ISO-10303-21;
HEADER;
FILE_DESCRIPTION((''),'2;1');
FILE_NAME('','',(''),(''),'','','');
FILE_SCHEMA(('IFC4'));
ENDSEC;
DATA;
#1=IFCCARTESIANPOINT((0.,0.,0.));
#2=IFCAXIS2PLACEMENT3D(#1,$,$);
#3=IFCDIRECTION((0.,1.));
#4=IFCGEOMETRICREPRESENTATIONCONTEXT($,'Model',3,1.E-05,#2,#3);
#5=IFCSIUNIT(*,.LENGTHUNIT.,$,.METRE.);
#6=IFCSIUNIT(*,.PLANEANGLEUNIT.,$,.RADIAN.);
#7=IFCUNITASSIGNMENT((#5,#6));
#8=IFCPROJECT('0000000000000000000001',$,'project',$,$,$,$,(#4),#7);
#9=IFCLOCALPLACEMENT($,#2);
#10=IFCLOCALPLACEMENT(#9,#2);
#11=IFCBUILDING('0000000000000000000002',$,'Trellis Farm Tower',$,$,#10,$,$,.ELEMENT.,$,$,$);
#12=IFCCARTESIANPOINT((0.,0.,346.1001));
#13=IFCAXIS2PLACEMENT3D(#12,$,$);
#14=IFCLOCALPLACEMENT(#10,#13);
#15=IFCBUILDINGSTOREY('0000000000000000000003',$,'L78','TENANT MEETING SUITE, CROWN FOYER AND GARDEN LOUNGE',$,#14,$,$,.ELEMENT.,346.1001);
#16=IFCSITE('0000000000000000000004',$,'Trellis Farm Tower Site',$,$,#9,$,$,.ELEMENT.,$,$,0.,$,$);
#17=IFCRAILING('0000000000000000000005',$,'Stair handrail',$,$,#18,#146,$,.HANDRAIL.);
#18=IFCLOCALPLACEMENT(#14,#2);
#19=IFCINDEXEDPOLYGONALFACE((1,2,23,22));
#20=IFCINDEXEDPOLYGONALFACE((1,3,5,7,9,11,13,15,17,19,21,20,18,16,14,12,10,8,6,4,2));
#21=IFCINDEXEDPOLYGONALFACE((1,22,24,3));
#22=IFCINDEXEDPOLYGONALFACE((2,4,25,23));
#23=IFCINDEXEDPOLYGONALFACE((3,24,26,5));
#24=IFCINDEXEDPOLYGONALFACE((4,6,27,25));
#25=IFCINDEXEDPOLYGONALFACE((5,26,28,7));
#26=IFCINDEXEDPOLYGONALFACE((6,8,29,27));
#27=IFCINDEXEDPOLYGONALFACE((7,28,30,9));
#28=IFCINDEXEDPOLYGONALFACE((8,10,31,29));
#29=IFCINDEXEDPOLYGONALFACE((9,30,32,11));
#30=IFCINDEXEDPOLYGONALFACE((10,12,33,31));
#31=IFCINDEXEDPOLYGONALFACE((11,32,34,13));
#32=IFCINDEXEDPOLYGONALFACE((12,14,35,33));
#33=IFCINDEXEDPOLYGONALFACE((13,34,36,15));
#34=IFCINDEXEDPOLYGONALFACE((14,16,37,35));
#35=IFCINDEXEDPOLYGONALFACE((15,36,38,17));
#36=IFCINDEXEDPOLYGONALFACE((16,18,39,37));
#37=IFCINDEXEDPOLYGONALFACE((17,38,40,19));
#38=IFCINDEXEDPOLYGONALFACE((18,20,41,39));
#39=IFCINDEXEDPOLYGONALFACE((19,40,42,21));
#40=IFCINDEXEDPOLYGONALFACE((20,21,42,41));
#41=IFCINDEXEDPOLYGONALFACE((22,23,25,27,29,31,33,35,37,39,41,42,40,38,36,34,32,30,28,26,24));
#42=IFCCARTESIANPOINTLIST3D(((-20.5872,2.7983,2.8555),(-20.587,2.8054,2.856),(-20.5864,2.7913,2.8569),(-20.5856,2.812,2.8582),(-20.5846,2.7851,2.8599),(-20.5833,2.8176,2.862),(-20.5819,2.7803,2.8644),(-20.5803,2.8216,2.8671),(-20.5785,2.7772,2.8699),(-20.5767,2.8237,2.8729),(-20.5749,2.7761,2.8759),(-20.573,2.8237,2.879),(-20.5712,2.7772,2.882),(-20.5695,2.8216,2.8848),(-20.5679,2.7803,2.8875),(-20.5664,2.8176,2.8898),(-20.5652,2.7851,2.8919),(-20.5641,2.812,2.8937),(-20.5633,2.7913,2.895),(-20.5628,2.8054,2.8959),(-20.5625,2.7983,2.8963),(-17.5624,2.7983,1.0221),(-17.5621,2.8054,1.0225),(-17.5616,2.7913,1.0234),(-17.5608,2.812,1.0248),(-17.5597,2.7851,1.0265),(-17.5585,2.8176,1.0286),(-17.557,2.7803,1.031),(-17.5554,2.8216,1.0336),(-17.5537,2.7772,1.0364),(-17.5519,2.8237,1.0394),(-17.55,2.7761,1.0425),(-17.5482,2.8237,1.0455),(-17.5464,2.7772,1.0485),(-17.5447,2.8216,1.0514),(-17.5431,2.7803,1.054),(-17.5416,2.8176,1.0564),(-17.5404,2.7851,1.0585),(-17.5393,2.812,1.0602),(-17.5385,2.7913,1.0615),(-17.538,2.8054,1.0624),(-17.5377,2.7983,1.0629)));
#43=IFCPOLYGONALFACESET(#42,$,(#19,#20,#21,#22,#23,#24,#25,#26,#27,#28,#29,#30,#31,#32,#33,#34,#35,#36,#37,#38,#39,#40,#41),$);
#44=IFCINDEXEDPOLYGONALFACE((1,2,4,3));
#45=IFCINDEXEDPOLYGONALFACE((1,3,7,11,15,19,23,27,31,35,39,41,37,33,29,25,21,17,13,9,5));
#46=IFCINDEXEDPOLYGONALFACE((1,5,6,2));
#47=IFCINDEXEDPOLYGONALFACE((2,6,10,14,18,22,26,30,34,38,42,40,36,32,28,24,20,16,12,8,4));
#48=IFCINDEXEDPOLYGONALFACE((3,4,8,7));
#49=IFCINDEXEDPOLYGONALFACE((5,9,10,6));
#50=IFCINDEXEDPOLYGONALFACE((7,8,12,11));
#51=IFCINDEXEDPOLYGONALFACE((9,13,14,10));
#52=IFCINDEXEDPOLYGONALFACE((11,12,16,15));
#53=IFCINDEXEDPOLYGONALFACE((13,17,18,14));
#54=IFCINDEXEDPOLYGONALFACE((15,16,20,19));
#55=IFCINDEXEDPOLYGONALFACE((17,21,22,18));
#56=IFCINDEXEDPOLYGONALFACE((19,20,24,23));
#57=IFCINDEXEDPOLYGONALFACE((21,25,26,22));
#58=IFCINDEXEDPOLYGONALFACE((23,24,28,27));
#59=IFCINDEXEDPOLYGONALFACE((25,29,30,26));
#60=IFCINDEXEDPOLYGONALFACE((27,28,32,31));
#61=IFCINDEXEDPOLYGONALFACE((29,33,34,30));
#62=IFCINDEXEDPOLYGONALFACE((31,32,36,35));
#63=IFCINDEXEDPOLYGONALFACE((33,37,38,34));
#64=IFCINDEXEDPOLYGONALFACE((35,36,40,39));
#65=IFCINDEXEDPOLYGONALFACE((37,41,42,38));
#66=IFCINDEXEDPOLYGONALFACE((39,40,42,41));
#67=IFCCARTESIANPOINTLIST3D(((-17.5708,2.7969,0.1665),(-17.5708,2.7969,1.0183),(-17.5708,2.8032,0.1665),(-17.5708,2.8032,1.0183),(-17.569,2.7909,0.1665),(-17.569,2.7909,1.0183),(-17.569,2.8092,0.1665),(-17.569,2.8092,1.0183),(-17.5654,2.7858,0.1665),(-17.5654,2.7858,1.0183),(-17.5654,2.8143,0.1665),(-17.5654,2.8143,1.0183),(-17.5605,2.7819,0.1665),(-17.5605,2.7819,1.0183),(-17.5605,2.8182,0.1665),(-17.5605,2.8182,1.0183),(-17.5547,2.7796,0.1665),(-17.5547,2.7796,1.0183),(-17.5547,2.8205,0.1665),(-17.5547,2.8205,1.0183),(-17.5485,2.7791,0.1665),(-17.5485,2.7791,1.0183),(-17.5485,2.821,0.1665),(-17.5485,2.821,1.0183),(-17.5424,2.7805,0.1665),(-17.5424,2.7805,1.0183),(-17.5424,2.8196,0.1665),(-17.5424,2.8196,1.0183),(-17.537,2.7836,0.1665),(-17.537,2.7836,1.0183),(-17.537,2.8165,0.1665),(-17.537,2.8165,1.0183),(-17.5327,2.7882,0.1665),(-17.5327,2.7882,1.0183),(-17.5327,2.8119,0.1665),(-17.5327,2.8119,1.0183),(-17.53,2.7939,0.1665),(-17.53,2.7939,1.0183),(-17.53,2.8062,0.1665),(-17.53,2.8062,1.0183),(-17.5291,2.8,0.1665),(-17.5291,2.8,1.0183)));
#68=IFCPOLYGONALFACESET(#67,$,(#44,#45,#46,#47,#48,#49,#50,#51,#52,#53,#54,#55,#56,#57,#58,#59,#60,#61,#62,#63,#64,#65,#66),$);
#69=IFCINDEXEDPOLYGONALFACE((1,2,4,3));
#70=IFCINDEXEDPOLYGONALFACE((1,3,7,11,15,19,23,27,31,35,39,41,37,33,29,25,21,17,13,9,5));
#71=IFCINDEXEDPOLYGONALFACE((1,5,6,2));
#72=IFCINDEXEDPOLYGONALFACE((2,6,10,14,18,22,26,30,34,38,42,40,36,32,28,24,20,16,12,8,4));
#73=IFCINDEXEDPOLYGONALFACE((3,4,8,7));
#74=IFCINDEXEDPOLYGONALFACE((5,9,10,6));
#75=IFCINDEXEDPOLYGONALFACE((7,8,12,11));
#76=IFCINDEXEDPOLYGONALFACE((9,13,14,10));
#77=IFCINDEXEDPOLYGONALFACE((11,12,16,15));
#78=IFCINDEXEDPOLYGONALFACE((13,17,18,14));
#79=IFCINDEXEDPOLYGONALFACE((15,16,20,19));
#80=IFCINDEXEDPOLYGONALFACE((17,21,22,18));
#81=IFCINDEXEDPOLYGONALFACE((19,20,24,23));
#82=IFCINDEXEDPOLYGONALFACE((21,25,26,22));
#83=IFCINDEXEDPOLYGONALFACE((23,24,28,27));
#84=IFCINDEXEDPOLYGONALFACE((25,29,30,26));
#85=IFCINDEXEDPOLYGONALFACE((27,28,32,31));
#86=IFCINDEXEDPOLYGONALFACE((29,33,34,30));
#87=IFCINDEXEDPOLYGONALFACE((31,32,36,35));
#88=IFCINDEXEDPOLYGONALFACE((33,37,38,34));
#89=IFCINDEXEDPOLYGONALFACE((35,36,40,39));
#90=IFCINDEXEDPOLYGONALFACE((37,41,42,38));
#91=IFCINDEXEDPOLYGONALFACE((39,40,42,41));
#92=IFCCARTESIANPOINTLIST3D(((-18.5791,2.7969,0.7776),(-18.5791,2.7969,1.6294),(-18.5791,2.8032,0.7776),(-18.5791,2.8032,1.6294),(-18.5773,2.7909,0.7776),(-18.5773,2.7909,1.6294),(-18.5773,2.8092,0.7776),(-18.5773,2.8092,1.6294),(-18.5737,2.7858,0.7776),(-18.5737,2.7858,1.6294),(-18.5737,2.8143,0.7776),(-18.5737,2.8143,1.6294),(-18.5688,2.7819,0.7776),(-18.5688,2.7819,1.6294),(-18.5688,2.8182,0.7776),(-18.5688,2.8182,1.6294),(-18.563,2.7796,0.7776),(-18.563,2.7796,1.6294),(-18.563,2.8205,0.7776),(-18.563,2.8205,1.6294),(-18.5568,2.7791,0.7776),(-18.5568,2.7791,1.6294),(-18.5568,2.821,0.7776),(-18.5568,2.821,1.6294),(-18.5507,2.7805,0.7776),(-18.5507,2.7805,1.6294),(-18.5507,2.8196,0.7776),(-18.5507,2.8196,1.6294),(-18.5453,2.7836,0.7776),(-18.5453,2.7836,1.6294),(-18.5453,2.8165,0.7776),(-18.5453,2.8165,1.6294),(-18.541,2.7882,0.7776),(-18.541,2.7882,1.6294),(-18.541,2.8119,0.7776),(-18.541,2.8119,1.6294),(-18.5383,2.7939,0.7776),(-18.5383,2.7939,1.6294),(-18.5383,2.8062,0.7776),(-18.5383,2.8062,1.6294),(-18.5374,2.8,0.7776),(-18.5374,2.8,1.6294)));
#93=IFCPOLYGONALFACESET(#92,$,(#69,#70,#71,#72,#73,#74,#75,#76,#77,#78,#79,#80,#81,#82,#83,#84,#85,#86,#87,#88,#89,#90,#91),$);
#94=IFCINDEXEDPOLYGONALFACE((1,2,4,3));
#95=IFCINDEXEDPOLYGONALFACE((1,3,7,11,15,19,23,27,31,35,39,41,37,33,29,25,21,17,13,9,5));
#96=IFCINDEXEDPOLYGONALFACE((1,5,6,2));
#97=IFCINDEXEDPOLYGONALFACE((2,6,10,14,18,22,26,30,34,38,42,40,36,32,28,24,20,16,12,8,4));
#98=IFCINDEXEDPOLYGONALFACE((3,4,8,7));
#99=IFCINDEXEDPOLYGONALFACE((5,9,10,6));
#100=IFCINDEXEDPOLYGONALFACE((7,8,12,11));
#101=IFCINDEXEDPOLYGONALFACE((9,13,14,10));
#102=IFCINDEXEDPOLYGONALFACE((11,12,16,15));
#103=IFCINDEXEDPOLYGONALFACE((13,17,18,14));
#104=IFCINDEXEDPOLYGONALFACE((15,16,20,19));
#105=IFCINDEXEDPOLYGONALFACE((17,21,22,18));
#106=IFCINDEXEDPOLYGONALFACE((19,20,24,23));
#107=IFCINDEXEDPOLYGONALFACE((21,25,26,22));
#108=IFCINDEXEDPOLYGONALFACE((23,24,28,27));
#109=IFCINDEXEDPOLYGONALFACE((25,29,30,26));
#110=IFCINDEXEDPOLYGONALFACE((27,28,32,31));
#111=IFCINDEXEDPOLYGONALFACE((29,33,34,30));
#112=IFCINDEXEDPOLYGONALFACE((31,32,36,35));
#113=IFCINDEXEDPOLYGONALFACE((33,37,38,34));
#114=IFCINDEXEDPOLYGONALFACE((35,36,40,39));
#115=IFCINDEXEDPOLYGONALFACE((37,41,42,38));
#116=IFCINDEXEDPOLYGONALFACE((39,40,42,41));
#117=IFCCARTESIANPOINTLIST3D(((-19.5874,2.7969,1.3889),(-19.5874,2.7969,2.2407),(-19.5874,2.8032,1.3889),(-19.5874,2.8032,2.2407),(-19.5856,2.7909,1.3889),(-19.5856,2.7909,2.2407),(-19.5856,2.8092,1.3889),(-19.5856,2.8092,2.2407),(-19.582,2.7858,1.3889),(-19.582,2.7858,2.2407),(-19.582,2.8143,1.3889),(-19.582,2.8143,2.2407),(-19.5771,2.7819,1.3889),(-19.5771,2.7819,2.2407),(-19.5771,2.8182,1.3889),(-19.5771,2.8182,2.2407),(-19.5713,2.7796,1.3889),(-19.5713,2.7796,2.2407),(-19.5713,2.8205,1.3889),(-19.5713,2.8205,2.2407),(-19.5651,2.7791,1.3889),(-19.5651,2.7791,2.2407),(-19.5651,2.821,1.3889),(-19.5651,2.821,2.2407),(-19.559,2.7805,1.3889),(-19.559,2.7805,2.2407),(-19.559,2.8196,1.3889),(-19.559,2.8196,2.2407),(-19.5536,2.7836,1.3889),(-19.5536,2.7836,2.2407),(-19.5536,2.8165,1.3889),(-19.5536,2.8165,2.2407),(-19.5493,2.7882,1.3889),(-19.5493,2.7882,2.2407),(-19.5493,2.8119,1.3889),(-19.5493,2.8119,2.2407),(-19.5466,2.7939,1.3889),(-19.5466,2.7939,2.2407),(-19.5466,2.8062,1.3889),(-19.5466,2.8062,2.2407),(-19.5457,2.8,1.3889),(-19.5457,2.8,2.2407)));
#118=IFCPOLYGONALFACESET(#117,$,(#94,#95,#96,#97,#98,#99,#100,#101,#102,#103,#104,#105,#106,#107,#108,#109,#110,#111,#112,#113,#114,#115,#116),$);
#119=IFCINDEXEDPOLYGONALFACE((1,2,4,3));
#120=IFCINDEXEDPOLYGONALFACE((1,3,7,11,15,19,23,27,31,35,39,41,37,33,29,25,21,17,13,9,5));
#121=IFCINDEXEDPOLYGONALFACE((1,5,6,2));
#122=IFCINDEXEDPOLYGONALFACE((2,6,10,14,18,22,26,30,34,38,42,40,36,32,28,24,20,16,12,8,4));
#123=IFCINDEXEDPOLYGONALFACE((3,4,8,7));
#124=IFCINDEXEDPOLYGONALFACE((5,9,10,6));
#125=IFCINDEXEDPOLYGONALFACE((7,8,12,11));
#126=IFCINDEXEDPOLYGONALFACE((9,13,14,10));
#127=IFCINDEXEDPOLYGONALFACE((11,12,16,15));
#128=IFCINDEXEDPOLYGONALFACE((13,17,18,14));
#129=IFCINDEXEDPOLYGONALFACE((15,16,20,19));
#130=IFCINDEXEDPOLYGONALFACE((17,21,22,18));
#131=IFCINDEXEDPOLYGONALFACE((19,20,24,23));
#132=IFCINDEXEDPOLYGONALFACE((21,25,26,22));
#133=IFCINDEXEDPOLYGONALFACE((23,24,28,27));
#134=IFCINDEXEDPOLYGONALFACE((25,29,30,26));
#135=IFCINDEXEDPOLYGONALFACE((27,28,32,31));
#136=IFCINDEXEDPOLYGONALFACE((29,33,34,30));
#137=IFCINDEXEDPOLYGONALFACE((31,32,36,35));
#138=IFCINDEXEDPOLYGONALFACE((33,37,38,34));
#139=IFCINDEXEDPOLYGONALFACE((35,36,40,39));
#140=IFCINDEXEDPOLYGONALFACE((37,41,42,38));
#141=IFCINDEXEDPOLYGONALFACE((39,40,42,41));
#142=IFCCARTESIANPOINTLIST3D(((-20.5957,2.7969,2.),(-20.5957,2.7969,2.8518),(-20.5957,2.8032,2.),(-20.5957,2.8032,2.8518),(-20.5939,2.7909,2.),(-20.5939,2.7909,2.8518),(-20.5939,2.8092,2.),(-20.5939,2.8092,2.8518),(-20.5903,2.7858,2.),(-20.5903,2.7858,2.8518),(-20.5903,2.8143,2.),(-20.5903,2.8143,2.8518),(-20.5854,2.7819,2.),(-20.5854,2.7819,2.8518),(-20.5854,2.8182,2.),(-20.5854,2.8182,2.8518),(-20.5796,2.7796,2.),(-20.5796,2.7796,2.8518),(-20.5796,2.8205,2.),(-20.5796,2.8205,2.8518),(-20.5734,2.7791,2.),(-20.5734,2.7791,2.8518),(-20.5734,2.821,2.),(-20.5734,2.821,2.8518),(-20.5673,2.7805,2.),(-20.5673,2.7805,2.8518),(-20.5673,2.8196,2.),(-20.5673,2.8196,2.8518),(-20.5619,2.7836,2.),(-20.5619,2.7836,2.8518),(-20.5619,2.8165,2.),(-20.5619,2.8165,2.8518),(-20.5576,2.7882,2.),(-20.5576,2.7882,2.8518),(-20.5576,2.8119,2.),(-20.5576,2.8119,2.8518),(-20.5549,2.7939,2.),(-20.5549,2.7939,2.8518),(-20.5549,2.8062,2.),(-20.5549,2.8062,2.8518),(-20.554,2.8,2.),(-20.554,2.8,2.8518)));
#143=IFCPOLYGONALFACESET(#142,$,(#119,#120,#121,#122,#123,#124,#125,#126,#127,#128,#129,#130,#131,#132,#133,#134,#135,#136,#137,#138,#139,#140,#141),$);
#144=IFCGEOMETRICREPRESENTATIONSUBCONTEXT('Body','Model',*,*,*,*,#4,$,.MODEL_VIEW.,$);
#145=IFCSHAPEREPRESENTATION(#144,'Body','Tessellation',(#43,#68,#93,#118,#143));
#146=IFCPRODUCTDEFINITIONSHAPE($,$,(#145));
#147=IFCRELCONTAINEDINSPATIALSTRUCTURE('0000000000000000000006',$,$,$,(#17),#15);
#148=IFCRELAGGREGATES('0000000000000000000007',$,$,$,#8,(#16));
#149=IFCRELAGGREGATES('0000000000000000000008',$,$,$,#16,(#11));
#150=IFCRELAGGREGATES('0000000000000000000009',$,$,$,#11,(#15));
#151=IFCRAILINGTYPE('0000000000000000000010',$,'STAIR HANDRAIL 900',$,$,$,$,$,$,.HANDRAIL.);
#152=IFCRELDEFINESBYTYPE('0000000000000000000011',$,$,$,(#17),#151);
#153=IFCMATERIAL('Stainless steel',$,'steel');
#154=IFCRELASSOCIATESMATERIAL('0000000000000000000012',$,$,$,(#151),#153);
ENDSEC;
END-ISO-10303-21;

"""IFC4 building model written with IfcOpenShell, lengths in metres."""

from ifc_helpers import new_model, si_unit, direction, frame, origin, origin_2d, place, context, subcontext, project, spatial, circle, extrude, source, transform, mapped, material, type_object, element, save


model = new_model("IFC4")

# Units and contexts
model_context = context("Model", 3, precision=1e-05, world=origin(), true_north=direction((0.0, 1.0)))
body_context = subcontext(model_context, "Body", "Model", "MODEL_VIEW")
ifc_project = project(units=[si_unit("LENGTHUNIT", "METRE"), si_unit("PLANEANGLEUNIT", "RADIAN")], contexts=[model_context])

# Site, building, storey
site_placement = place(None, origin())
site = spatial("IfcSite", under=ifc_project, at=site_placement, Name="Trellis Farm Tower Site", CompositionType="ELEMENT", RefElevation=0.0)
building_placement = place(site_placement, origin())
building = spatial("IfcBuilding", under=site, at=building_placement, Name="Trellis Farm Tower", CompositionType="ELEMENT")
storey_placement = place(building_placement, frame((0.0, 0.0, 346.1001)))
storey = spatial("IfcBuildingStorey", under=building, at=storey_placement, Name="L78", Description="TENANT MEETING SUITE, CROWN FOYER AND GARDEN LOUNGE", CompositionType="ELEMENT", Elevation=346.1001)

# Railing
ifc_material_1 = material(Name="Stainless steel", Category="steel")
railing_type_1 = type_object("IfcRailingType", Name="STAIR HANDRAIL 900", PredefinedType="HANDRAIL", material=ifc_material_1)
shared_shape_1 = source(origin(), body_context, "Body", "SweptSolid", [
    extrude(circle(Radius=0.0239, at=origin_2d()), frame((0.0, 0.0, 0.876), z_axis=(-0.85517, 0.0, 0.518348), x_axis=(0.0, -1.0, 0.0)), (0.0, 0.0, 1.0), 3.5371),
    extrude(circle(Radius=0.021, at=origin_2d()), origin(), (0.0, 0.0, 1.0), 0.8518),
    extrude(circle(Radius=0.021, at=origin_2d()), frame((-1.0083, 0.0, 0.6111)), (0.0, 0.0, 1.0), 0.8518),
    extrude(circle(Radius=0.021, at=origin_2d()), frame((-2.0166, 0.0, 1.2224)), (0.0, 0.0, 1.0), 0.8518),
    extrude(circle(Radius=0.021, at=origin_2d()), frame((-3.0249, 0.0, 1.8335)), (0.0, 0.0, 1.0), 0.8518),
])
for number, where, name in (
    (1, (-17.55, 2.8, 0.1665), "Stair handrail"),
):
    element("IfcRailing", number, at=place(storey_placement, frame(where)), inside=storey, type_object=railing_type_1, Name=name, PredefinedType="HANDRAIL", context=body_context, shape_type="MappedRepresentation", body=[
        mapped(shared_shape_1, transform((0.0, 0.0, 0.0))),
    ])

save(model, "model.ifc")
